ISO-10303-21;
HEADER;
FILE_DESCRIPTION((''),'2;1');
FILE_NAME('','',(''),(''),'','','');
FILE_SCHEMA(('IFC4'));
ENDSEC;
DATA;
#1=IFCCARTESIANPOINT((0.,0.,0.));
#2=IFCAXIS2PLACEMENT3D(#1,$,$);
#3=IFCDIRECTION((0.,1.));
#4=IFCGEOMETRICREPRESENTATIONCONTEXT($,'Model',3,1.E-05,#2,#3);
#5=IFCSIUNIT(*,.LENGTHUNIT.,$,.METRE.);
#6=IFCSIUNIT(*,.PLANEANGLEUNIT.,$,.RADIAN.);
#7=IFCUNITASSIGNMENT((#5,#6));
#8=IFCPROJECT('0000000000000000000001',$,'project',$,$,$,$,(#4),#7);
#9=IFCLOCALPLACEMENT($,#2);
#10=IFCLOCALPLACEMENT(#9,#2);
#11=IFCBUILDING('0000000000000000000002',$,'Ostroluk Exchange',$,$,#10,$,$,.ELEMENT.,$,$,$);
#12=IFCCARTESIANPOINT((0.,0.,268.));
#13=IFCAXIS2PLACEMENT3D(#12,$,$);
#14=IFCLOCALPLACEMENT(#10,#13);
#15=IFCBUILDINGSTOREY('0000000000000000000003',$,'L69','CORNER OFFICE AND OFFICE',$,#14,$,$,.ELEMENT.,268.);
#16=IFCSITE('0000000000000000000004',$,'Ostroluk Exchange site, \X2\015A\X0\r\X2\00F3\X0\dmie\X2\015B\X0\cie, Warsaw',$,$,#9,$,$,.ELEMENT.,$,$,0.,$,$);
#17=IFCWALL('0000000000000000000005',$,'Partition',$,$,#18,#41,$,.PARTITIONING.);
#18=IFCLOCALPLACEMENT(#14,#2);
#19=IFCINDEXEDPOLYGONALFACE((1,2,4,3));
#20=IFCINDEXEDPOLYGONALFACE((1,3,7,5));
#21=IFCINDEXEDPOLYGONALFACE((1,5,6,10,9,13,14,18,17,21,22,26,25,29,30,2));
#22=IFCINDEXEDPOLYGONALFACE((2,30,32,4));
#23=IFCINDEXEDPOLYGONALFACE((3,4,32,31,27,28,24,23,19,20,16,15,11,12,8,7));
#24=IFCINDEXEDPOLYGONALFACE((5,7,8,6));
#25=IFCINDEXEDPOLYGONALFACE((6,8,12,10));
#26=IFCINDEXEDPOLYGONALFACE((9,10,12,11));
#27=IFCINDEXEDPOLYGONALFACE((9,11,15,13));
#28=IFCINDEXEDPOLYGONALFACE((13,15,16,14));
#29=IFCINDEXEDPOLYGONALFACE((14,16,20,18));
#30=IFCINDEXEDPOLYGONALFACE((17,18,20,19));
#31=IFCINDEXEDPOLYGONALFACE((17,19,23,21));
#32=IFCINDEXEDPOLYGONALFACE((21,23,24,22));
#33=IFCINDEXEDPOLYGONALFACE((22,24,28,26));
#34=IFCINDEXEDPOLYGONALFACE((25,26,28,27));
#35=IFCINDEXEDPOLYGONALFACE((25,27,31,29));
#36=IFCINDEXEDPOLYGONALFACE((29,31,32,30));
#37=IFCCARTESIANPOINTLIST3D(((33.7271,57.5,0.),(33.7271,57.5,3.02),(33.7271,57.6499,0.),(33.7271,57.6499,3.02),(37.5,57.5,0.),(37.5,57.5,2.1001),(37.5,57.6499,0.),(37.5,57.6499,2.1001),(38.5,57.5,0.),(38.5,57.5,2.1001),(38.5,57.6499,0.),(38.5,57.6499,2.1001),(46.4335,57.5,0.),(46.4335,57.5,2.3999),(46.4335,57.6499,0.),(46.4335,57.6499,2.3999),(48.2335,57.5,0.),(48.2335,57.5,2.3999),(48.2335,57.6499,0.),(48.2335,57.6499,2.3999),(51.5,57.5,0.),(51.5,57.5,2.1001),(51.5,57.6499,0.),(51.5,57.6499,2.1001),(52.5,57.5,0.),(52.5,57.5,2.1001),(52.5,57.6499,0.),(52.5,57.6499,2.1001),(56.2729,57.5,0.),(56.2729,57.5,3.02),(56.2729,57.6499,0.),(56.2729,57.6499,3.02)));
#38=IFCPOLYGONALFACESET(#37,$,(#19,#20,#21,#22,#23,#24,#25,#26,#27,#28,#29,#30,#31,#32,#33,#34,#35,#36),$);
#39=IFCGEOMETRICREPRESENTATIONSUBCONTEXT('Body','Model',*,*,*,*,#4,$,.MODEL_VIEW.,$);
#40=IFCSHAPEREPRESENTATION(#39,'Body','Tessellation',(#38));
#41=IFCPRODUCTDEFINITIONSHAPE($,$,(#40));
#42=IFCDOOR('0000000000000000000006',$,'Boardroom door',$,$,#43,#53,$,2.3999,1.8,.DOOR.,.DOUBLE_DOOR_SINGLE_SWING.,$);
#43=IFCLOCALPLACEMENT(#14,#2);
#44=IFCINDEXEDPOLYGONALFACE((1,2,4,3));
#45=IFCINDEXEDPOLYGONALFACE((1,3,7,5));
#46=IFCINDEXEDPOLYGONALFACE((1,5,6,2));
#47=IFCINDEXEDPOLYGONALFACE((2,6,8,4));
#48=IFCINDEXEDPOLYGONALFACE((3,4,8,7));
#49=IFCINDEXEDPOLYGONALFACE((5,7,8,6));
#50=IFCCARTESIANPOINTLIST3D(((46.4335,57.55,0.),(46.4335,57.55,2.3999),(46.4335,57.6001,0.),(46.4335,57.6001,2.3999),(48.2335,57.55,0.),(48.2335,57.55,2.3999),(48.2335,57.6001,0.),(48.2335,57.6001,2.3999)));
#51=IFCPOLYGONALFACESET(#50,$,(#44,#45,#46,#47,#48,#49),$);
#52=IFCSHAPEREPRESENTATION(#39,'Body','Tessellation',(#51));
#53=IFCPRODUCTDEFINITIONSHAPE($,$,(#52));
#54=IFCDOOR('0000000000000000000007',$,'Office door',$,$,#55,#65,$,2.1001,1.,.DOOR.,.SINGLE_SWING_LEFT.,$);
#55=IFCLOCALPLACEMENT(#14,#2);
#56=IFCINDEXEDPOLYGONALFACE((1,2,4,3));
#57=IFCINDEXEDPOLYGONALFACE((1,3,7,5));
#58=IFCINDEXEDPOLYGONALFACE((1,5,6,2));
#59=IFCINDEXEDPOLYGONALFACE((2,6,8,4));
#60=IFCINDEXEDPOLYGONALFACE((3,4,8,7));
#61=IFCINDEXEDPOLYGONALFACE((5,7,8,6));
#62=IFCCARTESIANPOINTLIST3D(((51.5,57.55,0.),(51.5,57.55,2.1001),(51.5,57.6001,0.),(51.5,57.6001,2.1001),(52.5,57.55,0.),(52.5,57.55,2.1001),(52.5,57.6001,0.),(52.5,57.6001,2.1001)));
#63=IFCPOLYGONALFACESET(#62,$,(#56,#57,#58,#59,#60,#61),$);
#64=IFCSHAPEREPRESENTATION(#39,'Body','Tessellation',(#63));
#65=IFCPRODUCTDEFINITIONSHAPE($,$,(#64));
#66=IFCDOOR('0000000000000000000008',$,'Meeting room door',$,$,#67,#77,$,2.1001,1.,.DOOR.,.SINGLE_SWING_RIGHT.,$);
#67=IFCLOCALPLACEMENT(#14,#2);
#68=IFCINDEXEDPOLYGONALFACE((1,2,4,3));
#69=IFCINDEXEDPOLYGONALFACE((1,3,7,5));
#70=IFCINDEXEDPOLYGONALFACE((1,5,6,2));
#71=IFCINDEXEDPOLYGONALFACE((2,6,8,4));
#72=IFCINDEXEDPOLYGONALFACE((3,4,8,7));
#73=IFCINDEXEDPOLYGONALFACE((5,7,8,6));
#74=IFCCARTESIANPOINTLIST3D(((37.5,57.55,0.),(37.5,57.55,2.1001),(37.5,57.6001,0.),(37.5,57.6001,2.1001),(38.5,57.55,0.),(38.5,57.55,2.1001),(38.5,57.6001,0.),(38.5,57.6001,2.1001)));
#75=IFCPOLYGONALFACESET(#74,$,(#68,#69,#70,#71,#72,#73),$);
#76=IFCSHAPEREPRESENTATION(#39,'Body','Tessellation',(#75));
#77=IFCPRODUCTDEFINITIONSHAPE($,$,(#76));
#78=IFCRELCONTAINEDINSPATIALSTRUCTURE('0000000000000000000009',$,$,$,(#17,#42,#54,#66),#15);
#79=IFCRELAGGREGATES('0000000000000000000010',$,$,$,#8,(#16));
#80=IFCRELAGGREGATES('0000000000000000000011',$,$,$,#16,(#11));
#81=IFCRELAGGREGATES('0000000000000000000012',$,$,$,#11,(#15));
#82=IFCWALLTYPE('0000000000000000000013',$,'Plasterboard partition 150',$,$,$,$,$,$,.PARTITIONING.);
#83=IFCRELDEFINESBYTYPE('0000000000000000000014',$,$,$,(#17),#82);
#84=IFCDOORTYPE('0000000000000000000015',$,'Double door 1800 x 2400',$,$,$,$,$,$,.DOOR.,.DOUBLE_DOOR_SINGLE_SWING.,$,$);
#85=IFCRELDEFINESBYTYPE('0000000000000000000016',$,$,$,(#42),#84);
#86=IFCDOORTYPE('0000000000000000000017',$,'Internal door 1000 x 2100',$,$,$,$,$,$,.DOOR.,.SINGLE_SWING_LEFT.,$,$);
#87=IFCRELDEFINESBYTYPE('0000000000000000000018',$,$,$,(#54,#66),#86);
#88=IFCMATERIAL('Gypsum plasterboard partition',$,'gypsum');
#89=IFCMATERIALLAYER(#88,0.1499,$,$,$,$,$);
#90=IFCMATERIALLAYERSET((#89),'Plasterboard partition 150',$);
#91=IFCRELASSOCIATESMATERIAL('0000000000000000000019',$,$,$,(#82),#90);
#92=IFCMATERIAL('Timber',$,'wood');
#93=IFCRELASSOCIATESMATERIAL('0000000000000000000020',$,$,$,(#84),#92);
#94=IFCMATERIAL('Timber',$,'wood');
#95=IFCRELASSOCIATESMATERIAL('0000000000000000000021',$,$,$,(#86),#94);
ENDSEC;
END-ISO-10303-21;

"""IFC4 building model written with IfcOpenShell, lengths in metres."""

from ifc_helpers import new_model, si_unit, direction, frame, frame_2d, origin, place, context, subcontext, project, spatial, rectangle, extrude, material, layer, layer_set, type_object, element, fill, save


model = new_model("IFC4")

# Units and contexts
model_context = context("Model", 3, precision=1e-05, world=origin(), true_north=direction((0.0, 1.0)))
body_context = subcontext(model_context, "Body", "Model", "MODEL_VIEW")
ifc_project = project(units=[si_unit("LENGTHUNIT", "METRE"), si_unit("PLANEANGLEUNIT", "RADIAN")], contexts=[model_context])

# Site, building, storey
site_placement = place(None, origin())
site = spatial("IfcSite", under=ifc_project, at=site_placement, Name="Ostroluk Exchange site, Śródmieście, Warsaw", CompositionType="ELEMENT", RefElevation=0.0)
building_placement = place(site_placement, origin())
building = spatial("IfcBuilding", under=site, at=building_placement, Name="Ostroluk Exchange", CompositionType="ELEMENT")
storey_placement = place(building_placement, frame((0.0, 0.0, 268.0)))
storey = spatial("IfcBuildingStorey", under=building, at=storey_placement, Name="L69", Description="CORNER OFFICE AND OFFICE", CompositionType="ELEMENT", Elevation=268.0)

# Shared definitions
ifc_material_1 = material(Name="Gypsum plasterboard partition", Category="gypsum")
ifc_layer_1 = layer(ifc_material_1, 0.1499)
ifc_layer_set_1 = layer_set([ifc_layer_1], Name="Plasterboard partition 150")
wall_type = type_object("IfcWallType", Name="Plasterboard partition 150", PredefinedType="PARTITIONING", material=ifc_layer_set_1)

# Wall, openings, doors
wall_1_placement = place(storey_placement, frame((56.2729, 57.575, 0.0), z_axis=(0.0, 0.0, 1.0), x_axis=(-1.0, 0.0, 0.0)))
wall_1 = element("IfcWall", 1, at=wall_1_placement, inside=storey, type_object=wall_type, Name="Partition", PredefinedType="PARTITIONING", context=body_context, shape_type="SweptSolid", body=[
    extrude(rectangle(XDim=22.5459, YDim=0.1499, at=frame_2d((11.2729, 0.0))), origin(), (0.0, 0.0, 1.0), 3.02),
])
opening_1_placement = place(wall_1_placement, frame((3.7729, 0.0, 0.0)))
opening_1 = element("IfcOpeningElement", 2, at=opening_1_placement, cuts=wall_1, PredefinedType="OPENING", context=body_context, shape_type="SweptSolid", body=[
    extrude(rectangle(XDim=1.0, YDim=2.1001, at=frame_2d((0.5, 1.05))), frame((0.0, 0.085, 0.0), z_axis=(0.0, -1.0, 0.0), x_axis=(1.0, 0.0, 0.0)), (0.0, 0.0, 1.0), 0.1699),
])
opening_2_placement = place(wall_1_placement, frame((8.0396, 0.0, 0.0)))
opening_2 = element("IfcOpeningElement", 3, at=opening_2_placement, cuts=wall_1, PredefinedType="OPENING", context=body_context, shape_type="SweptSolid", body=[
    extrude(rectangle(XDim=1.8, YDim=2.3999, at=frame_2d((0.8999, 1.2))), frame((0.0, 0.085, 0.0), z_axis=(0.0, -1.0, 0.0), x_axis=(1.0, 0.0, 0.0)), (0.0, 0.0, 1.0), 0.1699),
])
opening_3_placement = place(wall_1_placement, frame((17.7729, 0.0, 0.0)))
opening_3 = element("IfcOpeningElement", 4, at=opening_3_placement, cuts=wall_1, PredefinedType="OPENING", context=body_context, shape_type="SweptSolid", body=[
    extrude(rectangle(XDim=1.0, YDim=2.1001, at=frame_2d((0.5, 1.05))), frame((0.0, 0.085, 0.0), z_axis=(0.0, -1.0, 0.0), x_axis=(1.0, 0.0, 0.0)), (0.0, 0.0, 1.0), 0.1699),
])
ifc_material_2 = material(Name="Timber", Category="wood")
door_type_1 = type_object("IfcDoorType", Name="Double door 1800 x 2400", OperationType="DOUBLE_DOOR_SINGLE_SWING", PredefinedType="DOOR", material=ifc_material_2)
door_1_placement = place(opening_2_placement, origin())
door_1 = element("IfcDoor", 5, at=door_1_placement, inside=storey, type_object=door_type_1, Name="Boardroom door", OperationType="DOUBLE_DOOR_SINGLE_SWING", OverallHeight=2.3999, OverallWidth=1.8, PredefinedType="DOOR", context=body_context, shape_type="SweptSolid", body=[
    extrude(rectangle(XDim=1.8, YDim=2.3999, at=frame_2d((0.8999, 1.2))), frame((0.0, 0.0249, 0.0), z_axis=(0.0, -1.0, 0.0), x_axis=(1.0, 0.0, 0.0)), (0.0, 0.0, 1.0), 0.05),
])
fill(opening_2, door_1)
ifc_material_3 = material(Name="Timber", Category="wood")
door_type_2 = type_object("IfcDoorType", Name="Internal door 1000 x 2100", OperationType="SINGLE_SWING_LEFT", PredefinedType="DOOR", material=ifc_material_3)
door_2_placement = place(opening_1_placement, origin())
door_2 = element("IfcDoor", 6, at=door_2_placement, inside=storey, type_object=door_type_2, Name="Office door", OperationType="SINGLE_SWING_LEFT", OverallHeight=2.1001, OverallWidth=1.0, PredefinedType="DOOR", context=body_context, shape_type="SweptSolid", body=[
    extrude(rectangle(XDim=1.0, YDim=2.1001, at=frame_2d((0.5, 1.05))), frame((0.0, 0.0249, 0.0), z_axis=(0.0, -1.0, 0.0), x_axis=(1.0, 0.0, 0.0)), (0.0, 0.0, 1.0), 0.05),
])
fill(opening_1, door_2)
door_3_placement = place(opening_3_placement, origin())
door_3 = element("IfcDoor", 7, at=door_3_placement, inside=storey, type_object=door_type_2, Name="Meeting room door", OperationType="SINGLE_SWING_RIGHT", OverallHeight=2.1001, OverallWidth=1.0, PredefinedType="DOOR", context=body_context, shape_type="SweptSolid", body=[
    extrude(rectangle(XDim=1.0, YDim=2.1001, at=frame_2d((0.5, 1.05))), frame((0.0, 0.0249, 0.0), z_axis=(0.0, -1.0, 0.0), x_axis=(1.0, 0.0, 0.0)), (0.0, 0.0, 1.0), 0.05),
])
fill(opening_3, door_3)

save(model, "model.ifc")
